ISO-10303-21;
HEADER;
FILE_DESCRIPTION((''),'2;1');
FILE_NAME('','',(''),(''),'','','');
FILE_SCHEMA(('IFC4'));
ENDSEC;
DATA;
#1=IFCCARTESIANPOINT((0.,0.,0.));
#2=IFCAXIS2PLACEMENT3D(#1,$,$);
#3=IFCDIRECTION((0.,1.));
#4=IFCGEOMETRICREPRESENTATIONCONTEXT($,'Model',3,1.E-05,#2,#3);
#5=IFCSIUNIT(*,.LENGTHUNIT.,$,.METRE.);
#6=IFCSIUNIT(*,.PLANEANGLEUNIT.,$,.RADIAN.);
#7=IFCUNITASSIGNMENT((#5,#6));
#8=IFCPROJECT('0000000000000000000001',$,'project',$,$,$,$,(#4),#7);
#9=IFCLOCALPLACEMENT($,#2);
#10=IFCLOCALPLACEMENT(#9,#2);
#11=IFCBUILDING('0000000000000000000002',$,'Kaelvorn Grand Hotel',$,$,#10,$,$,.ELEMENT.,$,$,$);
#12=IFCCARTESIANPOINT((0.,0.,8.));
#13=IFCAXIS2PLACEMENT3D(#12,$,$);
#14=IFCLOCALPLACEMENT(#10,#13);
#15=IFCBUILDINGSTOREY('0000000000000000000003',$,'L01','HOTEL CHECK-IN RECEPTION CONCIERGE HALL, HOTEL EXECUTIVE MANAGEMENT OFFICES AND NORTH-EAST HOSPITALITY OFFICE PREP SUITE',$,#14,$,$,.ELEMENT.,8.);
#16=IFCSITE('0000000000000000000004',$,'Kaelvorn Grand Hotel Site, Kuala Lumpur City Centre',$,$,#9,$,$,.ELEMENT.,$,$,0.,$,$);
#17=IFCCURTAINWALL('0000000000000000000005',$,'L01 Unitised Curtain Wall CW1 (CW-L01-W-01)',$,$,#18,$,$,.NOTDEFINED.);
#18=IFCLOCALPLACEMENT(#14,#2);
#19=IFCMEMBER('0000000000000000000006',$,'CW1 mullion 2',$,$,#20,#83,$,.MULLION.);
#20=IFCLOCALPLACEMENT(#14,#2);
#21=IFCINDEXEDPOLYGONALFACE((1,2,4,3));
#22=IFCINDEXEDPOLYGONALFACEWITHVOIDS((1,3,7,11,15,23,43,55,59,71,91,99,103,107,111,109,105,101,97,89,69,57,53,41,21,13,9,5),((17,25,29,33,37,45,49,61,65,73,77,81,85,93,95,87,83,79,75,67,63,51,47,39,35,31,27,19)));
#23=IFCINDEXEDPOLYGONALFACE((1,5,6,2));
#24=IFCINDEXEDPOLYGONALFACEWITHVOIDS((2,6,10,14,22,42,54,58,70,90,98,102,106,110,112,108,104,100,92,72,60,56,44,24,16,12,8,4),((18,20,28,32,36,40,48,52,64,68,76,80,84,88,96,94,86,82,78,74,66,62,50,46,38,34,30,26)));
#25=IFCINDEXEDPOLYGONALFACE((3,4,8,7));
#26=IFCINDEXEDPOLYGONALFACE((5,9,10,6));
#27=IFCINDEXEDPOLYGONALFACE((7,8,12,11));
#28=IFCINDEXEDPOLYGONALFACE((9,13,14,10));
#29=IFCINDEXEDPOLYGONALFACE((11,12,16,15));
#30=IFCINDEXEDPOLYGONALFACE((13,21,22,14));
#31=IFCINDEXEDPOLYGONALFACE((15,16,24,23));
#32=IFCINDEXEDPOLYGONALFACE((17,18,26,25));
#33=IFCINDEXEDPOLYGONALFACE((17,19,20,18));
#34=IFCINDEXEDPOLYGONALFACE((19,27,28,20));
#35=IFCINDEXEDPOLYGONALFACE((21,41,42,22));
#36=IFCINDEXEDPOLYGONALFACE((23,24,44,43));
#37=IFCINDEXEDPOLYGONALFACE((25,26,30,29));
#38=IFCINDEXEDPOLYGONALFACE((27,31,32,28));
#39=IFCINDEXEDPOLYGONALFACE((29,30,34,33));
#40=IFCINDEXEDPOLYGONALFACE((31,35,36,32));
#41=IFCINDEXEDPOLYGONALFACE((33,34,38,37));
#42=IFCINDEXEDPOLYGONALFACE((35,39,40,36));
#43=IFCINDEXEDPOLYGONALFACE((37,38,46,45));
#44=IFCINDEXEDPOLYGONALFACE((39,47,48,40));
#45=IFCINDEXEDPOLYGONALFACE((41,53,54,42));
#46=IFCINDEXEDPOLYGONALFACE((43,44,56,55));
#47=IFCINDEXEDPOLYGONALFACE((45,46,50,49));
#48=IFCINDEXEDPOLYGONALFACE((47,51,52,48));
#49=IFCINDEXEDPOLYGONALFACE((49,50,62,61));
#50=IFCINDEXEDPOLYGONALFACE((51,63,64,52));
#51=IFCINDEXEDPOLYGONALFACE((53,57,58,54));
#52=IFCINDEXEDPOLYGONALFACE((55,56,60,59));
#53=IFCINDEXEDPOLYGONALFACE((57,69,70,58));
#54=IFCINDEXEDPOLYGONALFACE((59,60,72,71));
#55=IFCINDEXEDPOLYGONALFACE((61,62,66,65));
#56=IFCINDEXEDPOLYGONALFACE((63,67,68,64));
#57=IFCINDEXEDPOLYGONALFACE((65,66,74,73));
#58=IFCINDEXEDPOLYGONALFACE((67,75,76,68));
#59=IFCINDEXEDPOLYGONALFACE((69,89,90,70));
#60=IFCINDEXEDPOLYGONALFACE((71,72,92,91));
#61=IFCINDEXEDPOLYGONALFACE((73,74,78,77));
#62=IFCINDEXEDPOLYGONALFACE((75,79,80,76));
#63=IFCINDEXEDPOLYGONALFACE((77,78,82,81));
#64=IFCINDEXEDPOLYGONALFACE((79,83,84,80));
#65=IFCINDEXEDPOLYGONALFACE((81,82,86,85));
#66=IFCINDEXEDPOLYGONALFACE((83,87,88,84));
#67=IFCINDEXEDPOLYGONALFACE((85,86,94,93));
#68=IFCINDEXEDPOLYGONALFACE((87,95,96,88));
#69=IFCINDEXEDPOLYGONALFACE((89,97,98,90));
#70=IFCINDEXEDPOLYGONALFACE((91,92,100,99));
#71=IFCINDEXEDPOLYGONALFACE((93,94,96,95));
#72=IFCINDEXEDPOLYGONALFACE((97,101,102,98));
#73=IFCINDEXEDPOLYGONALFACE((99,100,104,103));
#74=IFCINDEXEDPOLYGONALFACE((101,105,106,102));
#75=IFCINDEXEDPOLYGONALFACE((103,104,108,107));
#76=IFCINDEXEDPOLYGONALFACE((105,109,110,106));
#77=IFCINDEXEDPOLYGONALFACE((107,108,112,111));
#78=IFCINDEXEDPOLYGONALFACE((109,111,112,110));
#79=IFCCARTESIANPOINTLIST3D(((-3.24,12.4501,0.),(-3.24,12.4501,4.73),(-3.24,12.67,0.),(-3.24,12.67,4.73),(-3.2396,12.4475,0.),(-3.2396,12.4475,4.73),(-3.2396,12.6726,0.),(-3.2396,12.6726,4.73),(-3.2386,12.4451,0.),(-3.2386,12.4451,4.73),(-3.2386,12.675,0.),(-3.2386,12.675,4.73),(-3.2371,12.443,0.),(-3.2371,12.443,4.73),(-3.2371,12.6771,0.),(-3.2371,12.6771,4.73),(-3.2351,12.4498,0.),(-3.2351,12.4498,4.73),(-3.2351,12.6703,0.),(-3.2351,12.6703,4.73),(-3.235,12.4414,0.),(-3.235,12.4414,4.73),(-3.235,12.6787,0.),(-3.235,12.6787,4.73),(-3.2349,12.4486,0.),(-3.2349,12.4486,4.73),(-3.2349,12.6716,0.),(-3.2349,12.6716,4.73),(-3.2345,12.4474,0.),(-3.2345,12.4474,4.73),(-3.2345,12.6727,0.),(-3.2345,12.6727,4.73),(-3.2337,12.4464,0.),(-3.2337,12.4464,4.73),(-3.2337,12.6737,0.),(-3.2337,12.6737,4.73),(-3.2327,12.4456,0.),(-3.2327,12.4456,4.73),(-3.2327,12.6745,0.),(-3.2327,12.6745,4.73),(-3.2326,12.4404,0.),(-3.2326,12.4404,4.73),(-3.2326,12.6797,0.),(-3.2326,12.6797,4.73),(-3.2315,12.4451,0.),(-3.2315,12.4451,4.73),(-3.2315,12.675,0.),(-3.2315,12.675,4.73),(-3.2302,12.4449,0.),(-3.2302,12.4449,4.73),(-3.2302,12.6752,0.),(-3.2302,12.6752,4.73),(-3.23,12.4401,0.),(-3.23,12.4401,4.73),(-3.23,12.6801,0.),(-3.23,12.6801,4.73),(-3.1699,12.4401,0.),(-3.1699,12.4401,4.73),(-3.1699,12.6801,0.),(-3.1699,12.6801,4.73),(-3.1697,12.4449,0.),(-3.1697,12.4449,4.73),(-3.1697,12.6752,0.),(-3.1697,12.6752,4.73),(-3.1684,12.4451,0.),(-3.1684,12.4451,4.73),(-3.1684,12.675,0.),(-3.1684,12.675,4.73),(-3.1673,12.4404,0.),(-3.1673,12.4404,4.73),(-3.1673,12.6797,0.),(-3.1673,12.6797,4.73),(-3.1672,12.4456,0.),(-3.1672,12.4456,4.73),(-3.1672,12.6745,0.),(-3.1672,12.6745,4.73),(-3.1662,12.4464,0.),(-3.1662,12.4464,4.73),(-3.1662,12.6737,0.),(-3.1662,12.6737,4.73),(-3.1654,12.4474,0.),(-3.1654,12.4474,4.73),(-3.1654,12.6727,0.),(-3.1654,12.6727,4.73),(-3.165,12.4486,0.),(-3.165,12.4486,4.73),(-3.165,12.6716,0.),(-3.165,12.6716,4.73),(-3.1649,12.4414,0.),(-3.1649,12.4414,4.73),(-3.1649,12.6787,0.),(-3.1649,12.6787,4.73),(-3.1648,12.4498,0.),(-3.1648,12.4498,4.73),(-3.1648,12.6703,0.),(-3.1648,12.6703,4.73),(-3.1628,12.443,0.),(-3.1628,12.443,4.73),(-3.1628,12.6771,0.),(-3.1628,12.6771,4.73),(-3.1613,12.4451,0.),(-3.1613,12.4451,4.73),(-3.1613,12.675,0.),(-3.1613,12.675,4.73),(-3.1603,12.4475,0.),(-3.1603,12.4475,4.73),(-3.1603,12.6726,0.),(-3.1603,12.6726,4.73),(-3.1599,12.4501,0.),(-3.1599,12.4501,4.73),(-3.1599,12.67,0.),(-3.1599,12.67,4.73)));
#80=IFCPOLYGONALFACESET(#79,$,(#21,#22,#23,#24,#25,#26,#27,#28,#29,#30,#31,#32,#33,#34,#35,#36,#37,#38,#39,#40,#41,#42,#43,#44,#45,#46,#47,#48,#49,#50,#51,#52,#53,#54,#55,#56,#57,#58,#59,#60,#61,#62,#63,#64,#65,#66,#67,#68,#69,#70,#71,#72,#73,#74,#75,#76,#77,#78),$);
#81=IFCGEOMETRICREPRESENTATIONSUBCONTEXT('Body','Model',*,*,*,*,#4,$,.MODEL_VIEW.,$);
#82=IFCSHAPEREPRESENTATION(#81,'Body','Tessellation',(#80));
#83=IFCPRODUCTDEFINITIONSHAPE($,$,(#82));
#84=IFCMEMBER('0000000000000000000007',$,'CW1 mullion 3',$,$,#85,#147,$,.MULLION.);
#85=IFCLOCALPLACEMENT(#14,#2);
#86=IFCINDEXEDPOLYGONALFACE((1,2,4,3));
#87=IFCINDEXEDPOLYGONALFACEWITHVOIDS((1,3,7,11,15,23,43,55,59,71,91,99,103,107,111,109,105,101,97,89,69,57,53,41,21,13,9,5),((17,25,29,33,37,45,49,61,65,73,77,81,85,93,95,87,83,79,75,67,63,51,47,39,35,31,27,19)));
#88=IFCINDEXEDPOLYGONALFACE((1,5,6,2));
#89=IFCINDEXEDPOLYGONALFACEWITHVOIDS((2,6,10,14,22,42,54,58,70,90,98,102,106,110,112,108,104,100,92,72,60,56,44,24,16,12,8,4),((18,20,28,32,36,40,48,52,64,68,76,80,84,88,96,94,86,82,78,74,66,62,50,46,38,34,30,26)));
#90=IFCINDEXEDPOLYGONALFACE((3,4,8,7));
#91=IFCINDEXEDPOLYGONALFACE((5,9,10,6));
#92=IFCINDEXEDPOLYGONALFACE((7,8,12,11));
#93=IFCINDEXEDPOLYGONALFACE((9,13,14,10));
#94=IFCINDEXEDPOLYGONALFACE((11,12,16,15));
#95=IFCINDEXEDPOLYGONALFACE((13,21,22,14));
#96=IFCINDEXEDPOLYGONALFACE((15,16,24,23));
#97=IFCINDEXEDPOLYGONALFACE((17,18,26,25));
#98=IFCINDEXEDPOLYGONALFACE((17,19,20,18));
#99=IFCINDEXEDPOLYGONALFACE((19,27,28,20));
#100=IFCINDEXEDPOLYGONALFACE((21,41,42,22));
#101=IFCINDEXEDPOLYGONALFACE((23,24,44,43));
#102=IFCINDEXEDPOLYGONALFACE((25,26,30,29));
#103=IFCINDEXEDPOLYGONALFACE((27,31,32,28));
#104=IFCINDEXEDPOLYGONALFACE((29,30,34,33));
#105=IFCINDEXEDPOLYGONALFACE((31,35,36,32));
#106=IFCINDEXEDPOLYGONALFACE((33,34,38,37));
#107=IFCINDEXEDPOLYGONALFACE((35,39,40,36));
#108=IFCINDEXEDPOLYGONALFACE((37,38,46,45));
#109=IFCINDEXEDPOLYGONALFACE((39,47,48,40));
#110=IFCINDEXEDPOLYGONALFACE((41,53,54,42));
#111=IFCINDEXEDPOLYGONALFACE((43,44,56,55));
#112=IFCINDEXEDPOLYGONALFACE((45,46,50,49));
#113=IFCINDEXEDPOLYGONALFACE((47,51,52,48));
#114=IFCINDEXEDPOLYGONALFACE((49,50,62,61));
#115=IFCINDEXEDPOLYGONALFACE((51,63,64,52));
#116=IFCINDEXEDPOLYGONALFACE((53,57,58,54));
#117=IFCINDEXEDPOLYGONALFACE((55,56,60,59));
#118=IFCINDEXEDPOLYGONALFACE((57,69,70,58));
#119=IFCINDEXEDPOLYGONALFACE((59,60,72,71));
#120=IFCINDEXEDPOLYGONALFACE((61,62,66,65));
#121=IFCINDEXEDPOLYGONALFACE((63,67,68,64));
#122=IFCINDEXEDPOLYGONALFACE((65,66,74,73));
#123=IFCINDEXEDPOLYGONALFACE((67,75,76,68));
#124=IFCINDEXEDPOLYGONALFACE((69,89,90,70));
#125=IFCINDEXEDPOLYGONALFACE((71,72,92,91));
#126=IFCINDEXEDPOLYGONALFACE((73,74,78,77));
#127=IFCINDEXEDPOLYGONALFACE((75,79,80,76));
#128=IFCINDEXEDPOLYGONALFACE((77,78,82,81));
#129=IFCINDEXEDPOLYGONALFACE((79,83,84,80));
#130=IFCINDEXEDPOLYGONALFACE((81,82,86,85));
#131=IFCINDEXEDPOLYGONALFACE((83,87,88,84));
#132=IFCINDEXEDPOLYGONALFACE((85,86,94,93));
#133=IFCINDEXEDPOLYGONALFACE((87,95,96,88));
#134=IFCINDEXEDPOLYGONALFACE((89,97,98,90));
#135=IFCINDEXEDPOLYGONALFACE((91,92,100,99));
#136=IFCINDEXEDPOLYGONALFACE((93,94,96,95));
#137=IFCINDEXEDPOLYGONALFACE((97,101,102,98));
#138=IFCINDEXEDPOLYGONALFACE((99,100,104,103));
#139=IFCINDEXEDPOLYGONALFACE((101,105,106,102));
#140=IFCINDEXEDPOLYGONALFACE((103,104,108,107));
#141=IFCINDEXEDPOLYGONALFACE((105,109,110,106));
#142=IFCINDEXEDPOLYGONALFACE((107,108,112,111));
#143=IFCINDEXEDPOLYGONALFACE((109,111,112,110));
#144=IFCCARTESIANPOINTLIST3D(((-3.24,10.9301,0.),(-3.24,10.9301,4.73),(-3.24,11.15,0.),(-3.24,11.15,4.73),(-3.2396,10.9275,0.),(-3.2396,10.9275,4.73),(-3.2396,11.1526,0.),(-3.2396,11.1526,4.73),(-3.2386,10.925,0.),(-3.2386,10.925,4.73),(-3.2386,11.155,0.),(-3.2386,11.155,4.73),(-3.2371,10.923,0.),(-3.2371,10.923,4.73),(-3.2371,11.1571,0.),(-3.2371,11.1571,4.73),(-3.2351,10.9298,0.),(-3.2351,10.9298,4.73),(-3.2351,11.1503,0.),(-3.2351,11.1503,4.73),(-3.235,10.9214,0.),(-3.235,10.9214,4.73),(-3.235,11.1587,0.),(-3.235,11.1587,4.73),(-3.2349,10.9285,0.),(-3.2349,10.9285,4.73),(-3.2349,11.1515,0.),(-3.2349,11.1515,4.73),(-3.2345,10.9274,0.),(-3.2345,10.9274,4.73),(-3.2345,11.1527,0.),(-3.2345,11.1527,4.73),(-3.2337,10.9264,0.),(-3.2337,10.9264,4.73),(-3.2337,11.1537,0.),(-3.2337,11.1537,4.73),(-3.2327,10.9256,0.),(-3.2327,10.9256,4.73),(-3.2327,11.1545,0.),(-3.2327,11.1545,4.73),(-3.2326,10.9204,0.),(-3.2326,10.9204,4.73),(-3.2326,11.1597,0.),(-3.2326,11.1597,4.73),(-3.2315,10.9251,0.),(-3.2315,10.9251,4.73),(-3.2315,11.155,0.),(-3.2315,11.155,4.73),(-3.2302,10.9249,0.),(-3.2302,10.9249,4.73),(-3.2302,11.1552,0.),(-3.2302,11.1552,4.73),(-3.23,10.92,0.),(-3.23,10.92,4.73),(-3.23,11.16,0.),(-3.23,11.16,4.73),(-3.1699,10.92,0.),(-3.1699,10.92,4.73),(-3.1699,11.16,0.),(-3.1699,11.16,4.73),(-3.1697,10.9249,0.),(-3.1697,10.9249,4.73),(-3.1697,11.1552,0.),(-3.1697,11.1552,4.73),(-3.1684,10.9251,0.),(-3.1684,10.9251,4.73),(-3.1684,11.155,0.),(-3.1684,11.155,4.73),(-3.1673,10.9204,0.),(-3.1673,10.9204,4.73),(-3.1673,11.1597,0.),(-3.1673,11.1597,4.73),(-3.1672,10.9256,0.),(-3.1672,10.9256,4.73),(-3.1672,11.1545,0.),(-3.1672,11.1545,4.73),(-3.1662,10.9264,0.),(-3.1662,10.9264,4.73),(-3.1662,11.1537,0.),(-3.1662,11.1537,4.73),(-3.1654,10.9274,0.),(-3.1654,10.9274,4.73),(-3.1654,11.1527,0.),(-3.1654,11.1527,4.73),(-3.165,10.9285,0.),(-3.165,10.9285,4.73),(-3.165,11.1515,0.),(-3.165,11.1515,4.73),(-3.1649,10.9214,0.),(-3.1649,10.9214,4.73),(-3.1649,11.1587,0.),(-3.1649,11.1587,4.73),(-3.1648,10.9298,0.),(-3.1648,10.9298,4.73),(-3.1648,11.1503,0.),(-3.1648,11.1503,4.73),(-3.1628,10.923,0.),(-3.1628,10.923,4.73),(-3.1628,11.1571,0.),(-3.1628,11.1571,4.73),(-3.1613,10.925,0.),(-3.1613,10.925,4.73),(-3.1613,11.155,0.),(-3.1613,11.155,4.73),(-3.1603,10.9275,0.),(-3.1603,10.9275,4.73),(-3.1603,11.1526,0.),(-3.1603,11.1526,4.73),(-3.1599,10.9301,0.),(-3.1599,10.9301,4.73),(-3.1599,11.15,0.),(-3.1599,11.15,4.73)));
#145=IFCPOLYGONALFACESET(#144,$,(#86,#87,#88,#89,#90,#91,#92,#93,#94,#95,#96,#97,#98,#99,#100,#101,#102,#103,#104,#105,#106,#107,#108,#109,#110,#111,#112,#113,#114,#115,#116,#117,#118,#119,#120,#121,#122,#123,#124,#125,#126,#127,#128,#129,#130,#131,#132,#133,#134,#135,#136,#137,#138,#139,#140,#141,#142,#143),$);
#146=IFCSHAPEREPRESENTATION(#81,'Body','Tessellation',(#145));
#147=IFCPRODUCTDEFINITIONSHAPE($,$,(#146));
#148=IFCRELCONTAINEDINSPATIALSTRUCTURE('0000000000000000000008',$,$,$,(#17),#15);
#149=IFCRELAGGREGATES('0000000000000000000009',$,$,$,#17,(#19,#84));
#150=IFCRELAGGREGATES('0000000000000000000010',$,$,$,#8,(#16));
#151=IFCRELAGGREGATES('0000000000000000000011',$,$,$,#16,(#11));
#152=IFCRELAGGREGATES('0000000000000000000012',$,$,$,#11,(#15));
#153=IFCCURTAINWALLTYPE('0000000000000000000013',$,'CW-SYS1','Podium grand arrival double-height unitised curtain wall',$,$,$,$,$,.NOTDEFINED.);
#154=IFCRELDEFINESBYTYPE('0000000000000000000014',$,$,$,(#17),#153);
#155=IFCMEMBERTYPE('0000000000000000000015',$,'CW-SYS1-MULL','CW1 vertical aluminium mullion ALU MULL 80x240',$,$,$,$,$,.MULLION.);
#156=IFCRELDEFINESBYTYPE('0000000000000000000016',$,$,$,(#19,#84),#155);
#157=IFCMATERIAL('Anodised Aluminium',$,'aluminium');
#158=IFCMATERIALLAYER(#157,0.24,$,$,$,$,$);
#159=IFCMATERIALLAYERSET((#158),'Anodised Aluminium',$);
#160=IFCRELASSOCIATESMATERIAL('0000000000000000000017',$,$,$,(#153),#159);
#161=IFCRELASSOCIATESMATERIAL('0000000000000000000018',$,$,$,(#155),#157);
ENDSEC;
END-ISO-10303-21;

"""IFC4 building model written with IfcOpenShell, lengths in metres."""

from ifc_helpers import new_model, si_unit, direction, frame, origin, origin_2d, place, context, subcontext, project, spatial, hollow_rectangle, extrude, material, layer, layer_set, material_profile, profile_set, type_object, element, aggregate, save


model = new_model("IFC4")

# Units and contexts
model_context = context("Model", 3, precision=1e-05, world=origin(), true_north=direction((0.0, 1.0)))
body_context = subcontext(model_context, "Body", "Model", "MODEL_VIEW")
ifc_project = project(units=[si_unit("LENGTHUNIT", "METRE"), si_unit("PLANEANGLEUNIT", "RADIAN")], contexts=[model_context])

# Site, building, storey
site_placement = place(None, origin())
site = spatial("IfcSite", under=ifc_project, at=site_placement, Name="Kaelvorn Grand Hotel Site, Kuala Lumpur City Centre", CompositionType="ELEMENT", RefElevation=0.0)
building_placement = place(site_placement, origin())
building = spatial("IfcBuilding", under=site, at=building_placement, Name="Kaelvorn Grand Hotel", CompositionType="ELEMENT")
storey_placement = place(building_placement, frame((0.0, 0.0, 8.0)))
storey = spatial("IfcBuildingStorey", under=building, at=storey_placement, Name="L01", Description="HOTEL CHECK-IN RECEPTION CONCIERGE HALL, HOTEL EXECUTIVE MANAGEMENT OFFICES AND NORTH-EAST HOSPITALITY OFFICE PREP SUITE", CompositionType="ELEMENT", Elevation=8.0)

# Curtain wall, members
ifc_material_1 = material(Name="Anodised Aluminium", Category="aluminium")
ifc_layer_1 = layer(ifc_material_1, 0.24)
ifc_layer_set_1 = layer_set([ifc_layer_1], Name="Anodised Aluminium")
curtain_wall_type = type_object("IfcCurtainWallType", Name="CW-SYS1", Description="Podium grand arrival double-height unitised curtain wall", PredefinedType="NOTDEFINED", material=ifc_layer_set_1)
curtain_wall_placement = place(storey_placement, origin())
curtain_wall = element("IfcCurtainWall", 1, at=curtain_wall_placement, inside=storey, type_object=curtain_wall_type, Name="L01 Unitised Curtain Wall CW1 (CW-L01-W-01)", PredefinedType="NOTDEFINED")
ifc_material_profile_1 = material_profile(ifc_material_1, hollow_rectangle(XDim=0.0801, YDim=0.24, WallThickness=0.0049, InnerFilletRadius=0.0049, OuterFilletRadius=0.01, at=origin_2d()), Name="ALU MULL 80x240")
ifc_profile_set_1 = profile_set([ifc_material_profile_1], Name="Anodised Aluminium")
member_type_1 = type_object("IfcMemberType", Name="CW-SYS1-MULL", Description="CW1 vertical aluminium mullion ALU MULL 80x240", PredefinedType="MULLION", material=ifc_profile_set_1)
member_1_placement = place(storey_placement, frame((-3.2, 12.5601, 0.0), z_axis=(0.0, 0.0, 1.0), x_axis=(1.0, 0.0, 0.0)))
member_1 = element("IfcMember", 2, at=member_1_placement, type_object=member_type_1, Name="CW1 mullion 2", PredefinedType="MULLION", context=body_context, shape_type="SweptSolid", body=[
    extrude(hollow_rectangle(XDim=0.0801, YDim=0.24, WallThickness=0.0049, InnerFilletRadius=0.0049, OuterFilletRadius=0.01, at=origin_2d()), origin(), (0.0, 0.0, 1.0), 4.73),
])
member_2_placement = place(storey_placement, frame((-3.2, 11.04, 0.0), z_axis=(0.0, 0.0, 1.0), x_axis=(1.0, 0.0, 0.0)))
member_2 = element("IfcMember", 3, at=member_2_placement, type_object=member_type_1, Name="CW1 mullion 3", PredefinedType="MULLION", context=body_context, shape_type="SweptSolid", body=[
    extrude(hollow_rectangle(XDim=0.0801, YDim=0.24, WallThickness=0.0049, InnerFilletRadius=0.0049, OuterFilletRadius=0.01, at=origin_2d()), origin(), (0.0, 0.0, 1.0), 4.73),
])
aggregate(curtain_wall, [member_1, member_2])

save(model, "model.ifc")
